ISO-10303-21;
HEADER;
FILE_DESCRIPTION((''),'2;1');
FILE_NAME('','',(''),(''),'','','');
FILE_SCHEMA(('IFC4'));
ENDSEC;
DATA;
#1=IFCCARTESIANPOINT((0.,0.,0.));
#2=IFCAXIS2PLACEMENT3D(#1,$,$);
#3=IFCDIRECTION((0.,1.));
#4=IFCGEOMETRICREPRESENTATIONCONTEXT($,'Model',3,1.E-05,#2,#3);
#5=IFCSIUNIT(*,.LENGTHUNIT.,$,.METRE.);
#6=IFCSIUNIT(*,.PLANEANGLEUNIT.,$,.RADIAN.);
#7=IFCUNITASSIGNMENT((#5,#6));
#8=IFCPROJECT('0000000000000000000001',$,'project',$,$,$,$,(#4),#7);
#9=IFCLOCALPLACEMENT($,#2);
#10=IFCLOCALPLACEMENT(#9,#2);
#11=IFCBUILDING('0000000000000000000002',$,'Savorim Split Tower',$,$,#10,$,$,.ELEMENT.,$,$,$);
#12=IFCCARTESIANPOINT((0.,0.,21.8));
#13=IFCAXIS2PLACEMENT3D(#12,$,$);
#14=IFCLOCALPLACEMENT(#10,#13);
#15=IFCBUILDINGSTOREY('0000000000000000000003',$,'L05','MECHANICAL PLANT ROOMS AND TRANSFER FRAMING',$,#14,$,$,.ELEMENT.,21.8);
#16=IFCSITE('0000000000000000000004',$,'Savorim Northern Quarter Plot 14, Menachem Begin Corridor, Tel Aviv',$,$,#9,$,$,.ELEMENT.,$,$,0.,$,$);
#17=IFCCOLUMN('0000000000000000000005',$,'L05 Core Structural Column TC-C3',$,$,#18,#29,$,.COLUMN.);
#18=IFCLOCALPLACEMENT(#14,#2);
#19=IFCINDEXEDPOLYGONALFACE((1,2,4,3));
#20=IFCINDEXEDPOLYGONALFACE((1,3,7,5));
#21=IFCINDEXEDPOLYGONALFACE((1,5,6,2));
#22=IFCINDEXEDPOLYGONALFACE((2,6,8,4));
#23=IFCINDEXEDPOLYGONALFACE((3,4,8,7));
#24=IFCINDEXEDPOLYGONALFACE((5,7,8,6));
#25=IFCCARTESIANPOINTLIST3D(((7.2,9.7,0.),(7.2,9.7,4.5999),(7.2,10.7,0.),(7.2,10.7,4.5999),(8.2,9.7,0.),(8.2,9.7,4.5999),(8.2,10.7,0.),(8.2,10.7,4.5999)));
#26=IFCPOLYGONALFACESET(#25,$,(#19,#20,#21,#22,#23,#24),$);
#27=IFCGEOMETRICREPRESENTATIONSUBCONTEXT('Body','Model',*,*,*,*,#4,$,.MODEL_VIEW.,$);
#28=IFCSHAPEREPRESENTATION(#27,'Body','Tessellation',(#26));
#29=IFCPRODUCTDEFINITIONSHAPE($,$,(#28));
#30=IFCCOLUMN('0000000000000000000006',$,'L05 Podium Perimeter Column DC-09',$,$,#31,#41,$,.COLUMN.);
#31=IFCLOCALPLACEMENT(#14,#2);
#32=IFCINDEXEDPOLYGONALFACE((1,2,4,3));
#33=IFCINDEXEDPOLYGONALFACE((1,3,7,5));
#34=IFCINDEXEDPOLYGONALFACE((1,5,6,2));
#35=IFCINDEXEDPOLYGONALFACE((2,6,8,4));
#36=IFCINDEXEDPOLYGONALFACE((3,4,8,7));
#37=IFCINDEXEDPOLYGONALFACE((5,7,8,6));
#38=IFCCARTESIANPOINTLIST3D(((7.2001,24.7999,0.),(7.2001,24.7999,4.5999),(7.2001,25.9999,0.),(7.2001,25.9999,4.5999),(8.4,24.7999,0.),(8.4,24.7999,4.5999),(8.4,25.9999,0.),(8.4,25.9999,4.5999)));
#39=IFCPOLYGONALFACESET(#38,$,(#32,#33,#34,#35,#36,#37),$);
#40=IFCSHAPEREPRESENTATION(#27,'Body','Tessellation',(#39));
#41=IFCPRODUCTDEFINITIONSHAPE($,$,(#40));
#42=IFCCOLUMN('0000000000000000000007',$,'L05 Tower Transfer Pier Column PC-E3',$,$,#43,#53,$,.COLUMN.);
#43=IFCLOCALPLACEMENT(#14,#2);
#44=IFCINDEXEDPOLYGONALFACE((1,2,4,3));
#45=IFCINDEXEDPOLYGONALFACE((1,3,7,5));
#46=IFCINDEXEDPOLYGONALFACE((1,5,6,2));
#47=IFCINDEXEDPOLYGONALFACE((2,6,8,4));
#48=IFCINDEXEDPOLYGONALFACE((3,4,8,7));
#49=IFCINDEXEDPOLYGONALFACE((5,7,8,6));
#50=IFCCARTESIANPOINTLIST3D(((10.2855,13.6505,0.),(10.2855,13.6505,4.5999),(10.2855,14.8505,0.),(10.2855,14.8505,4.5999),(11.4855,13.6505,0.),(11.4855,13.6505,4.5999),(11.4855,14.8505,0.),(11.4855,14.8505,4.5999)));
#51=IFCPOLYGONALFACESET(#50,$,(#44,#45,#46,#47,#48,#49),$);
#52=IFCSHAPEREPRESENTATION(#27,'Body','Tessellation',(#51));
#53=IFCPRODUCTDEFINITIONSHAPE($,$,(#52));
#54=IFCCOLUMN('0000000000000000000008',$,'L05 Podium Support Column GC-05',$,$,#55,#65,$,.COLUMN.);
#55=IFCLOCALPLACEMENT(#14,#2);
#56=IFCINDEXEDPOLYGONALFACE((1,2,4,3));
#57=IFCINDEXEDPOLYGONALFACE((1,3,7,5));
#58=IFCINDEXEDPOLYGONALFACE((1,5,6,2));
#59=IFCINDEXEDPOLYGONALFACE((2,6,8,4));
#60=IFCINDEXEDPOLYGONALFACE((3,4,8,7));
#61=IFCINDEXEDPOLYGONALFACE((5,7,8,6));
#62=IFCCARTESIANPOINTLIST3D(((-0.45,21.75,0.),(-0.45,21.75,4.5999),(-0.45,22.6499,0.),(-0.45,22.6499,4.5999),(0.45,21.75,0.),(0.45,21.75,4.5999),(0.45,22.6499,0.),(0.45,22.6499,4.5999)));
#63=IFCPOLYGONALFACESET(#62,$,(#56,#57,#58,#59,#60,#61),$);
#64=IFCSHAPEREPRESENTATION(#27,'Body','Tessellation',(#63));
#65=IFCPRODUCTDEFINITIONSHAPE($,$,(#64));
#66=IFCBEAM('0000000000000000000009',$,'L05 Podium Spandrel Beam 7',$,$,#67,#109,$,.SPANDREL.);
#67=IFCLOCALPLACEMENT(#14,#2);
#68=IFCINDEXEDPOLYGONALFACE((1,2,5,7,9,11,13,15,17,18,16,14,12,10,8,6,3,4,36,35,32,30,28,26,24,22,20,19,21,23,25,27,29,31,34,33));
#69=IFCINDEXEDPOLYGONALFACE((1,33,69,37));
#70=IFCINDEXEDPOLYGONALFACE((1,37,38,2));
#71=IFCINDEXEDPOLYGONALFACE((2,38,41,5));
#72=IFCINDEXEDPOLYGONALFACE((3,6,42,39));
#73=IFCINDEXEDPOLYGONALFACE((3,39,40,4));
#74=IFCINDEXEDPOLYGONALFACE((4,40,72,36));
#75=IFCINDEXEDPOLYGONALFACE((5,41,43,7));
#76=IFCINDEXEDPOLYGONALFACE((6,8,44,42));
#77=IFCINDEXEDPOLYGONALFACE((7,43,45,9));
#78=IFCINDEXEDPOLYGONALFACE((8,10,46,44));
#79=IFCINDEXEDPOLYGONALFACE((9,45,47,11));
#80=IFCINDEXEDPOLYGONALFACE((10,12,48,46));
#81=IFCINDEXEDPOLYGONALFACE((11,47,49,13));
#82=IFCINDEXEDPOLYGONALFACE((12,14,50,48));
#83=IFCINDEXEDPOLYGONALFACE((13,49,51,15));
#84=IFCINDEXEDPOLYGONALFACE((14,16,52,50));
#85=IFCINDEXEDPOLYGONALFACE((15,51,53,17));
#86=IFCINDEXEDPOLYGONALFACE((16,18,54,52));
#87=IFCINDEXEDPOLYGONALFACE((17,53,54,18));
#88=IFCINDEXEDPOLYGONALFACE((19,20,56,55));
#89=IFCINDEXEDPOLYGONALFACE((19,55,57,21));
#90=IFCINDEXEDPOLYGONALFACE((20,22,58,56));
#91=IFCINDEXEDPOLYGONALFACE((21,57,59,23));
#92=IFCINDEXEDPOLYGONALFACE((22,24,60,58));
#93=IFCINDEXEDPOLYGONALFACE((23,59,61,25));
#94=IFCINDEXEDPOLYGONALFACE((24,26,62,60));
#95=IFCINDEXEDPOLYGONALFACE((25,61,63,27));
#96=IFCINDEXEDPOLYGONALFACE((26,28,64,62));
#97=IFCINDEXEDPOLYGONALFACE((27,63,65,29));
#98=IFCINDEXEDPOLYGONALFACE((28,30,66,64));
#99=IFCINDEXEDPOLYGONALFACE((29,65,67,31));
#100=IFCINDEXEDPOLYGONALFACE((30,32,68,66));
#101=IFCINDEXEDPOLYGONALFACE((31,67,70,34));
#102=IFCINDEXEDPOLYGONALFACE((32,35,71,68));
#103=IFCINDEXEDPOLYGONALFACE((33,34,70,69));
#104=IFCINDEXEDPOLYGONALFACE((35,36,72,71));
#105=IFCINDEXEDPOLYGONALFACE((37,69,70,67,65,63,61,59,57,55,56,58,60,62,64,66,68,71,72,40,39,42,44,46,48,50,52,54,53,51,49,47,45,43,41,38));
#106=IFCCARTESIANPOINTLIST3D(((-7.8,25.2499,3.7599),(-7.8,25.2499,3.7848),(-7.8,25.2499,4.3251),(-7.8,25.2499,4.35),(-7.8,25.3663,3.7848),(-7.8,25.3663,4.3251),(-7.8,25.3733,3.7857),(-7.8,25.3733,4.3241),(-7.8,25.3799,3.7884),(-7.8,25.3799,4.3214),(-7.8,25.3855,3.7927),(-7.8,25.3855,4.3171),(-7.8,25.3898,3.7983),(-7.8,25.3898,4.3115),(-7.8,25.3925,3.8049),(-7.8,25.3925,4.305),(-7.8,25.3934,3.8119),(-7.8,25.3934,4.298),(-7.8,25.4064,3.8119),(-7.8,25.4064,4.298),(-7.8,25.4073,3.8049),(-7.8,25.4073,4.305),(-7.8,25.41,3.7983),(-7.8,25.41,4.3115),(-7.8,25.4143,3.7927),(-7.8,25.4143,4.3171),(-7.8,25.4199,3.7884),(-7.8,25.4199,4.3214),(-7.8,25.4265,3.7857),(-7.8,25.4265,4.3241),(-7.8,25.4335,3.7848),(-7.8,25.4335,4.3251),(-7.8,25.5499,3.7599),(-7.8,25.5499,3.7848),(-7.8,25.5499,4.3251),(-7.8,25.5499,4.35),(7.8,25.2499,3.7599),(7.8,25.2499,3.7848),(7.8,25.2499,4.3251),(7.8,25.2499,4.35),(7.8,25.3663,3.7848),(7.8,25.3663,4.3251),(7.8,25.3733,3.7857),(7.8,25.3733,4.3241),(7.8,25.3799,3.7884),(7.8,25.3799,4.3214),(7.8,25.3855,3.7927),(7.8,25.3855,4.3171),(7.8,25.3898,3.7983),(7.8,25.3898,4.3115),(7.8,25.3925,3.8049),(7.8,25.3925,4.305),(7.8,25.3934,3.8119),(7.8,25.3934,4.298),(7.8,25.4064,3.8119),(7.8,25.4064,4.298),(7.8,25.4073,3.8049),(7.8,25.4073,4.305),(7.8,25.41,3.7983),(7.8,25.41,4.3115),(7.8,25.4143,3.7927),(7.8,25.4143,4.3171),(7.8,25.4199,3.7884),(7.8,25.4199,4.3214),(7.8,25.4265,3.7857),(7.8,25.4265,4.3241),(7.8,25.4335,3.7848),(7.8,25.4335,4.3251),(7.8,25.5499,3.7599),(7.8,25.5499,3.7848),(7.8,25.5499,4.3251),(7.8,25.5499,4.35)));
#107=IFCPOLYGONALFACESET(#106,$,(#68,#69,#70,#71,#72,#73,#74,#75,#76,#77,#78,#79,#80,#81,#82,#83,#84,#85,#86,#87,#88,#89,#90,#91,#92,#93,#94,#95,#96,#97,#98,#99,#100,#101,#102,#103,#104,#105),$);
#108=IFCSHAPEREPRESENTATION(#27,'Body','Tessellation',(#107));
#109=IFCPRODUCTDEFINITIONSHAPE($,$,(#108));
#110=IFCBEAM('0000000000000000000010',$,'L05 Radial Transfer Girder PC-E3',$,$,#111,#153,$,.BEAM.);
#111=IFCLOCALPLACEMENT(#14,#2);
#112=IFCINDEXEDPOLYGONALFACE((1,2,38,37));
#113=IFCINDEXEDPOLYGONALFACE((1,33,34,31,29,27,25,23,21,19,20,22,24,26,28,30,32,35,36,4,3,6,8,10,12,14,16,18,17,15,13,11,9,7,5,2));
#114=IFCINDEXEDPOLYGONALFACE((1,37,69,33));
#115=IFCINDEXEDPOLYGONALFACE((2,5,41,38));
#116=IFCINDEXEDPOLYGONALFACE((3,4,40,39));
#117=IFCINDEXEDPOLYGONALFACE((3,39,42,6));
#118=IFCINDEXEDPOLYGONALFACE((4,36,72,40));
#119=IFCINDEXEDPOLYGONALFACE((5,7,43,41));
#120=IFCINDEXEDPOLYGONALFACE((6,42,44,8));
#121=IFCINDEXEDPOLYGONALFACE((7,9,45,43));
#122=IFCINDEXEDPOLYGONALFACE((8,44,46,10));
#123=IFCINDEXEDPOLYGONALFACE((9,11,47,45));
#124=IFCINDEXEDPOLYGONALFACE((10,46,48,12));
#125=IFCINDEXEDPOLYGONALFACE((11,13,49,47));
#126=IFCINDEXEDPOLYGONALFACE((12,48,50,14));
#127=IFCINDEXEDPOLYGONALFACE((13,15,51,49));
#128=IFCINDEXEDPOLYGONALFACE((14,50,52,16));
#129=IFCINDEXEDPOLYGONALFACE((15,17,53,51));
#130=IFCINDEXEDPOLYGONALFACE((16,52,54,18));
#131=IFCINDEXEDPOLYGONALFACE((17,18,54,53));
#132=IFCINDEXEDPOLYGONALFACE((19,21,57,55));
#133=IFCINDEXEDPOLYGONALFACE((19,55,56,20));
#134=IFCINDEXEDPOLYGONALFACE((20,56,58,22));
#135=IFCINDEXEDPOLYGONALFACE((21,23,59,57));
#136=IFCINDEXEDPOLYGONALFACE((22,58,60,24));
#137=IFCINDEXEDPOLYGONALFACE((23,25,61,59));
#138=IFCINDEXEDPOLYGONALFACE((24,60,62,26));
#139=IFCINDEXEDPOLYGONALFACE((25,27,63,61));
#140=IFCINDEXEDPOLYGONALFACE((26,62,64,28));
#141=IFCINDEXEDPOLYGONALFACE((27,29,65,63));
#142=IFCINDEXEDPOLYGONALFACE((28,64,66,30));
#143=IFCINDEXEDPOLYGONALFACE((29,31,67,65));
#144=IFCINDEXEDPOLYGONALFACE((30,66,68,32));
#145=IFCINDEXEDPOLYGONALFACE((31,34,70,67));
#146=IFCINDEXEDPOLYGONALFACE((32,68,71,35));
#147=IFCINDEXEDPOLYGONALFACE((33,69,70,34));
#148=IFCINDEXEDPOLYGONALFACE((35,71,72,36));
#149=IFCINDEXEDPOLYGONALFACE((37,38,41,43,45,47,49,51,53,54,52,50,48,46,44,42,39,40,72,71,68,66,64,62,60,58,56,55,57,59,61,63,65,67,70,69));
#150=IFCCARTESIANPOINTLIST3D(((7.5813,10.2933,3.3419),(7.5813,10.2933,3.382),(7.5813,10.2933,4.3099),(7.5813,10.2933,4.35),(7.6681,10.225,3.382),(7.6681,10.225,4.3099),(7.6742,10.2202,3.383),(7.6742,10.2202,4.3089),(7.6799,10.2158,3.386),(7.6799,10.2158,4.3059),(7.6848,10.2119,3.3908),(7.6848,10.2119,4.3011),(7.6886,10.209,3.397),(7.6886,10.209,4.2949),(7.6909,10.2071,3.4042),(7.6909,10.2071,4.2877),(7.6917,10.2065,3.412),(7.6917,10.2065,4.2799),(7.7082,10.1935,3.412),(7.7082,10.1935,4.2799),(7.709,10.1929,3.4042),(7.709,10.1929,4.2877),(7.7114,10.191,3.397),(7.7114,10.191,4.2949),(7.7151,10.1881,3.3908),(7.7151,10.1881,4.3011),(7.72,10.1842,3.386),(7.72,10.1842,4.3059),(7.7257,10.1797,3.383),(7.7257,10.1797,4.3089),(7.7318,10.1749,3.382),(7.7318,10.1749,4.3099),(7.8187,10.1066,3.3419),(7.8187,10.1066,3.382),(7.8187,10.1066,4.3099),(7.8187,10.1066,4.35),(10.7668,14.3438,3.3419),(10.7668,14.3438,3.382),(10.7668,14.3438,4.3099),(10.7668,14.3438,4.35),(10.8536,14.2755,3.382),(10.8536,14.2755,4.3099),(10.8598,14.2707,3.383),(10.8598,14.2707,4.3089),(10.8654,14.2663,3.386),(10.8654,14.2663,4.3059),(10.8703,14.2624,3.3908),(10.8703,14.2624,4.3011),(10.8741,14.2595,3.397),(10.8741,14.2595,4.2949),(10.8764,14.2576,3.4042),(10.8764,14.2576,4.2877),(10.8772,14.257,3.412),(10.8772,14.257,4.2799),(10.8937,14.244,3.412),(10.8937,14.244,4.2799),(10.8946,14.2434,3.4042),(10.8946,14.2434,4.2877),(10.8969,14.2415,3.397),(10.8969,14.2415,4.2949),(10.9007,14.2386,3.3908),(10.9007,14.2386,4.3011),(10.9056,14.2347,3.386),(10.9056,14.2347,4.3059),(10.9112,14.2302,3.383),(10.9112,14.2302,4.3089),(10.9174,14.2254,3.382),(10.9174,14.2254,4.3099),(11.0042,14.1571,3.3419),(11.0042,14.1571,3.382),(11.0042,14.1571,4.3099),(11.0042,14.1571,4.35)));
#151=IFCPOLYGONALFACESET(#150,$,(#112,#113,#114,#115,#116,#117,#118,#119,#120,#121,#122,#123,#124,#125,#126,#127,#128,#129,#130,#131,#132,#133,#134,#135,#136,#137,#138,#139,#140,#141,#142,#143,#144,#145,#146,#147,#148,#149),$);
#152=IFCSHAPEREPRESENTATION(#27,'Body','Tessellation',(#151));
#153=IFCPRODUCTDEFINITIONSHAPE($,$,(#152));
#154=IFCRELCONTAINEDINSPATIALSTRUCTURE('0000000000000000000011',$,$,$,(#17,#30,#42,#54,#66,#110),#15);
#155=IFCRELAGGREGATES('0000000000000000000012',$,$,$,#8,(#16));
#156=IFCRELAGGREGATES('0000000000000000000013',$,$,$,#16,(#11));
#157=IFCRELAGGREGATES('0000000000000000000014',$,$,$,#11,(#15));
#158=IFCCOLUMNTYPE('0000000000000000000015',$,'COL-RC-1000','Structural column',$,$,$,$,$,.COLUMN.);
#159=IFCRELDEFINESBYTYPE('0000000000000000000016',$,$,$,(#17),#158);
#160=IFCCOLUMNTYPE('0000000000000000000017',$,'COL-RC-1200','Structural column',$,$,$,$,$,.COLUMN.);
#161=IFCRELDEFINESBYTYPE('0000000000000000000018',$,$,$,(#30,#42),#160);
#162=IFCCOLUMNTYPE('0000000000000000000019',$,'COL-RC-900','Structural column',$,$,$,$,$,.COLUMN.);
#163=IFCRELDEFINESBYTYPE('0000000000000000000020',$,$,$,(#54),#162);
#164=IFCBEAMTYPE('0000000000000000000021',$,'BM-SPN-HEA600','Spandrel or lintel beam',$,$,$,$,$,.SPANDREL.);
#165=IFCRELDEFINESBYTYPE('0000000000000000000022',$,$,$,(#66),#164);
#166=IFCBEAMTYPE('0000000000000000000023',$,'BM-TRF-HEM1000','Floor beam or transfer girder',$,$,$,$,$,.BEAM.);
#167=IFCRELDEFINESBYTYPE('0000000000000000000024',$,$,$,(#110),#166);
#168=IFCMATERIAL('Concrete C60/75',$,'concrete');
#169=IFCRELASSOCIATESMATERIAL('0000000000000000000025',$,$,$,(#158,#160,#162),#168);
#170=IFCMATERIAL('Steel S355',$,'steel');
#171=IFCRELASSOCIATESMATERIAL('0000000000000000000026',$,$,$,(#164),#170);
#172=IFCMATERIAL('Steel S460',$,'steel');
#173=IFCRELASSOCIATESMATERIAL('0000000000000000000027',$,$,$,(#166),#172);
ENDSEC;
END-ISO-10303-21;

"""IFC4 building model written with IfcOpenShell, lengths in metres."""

from ifc_helpers import new_model, si_unit, direction, frame, origin, origin_2d, place, context, subcontext, project, spatial, rectangle, i_section, extrude, material, material_profile, profile_set, type_object, element, save


model = new_model("IFC4")

# Units and contexts
model_context = context("Model", 3, precision=1e-05, world=origin(), true_north=direction((0.0, 1.0)))
body_context = subcontext(model_context, "Body", "Model", "MODEL_VIEW")
ifc_project = project(units=[si_unit("LENGTHUNIT", "METRE"), si_unit("PLANEANGLEUNIT", "RADIAN")], contexts=[model_context])

# Site, building, storey
site_placement = place(None, origin())
site = spatial("IfcSite", under=ifc_project, at=site_placement, Name="Savorim Northern Quarter Plot 14, Menachem Begin Corridor, Tel Aviv", CompositionType="ELEMENT", RefElevation=0.0)
building_placement = place(site_placement, origin())
building = spatial("IfcBuilding", under=site, at=building_placement, Name="Savorim Split Tower", CompositionType="ELEMENT")
storey_placement = place(building_placement, frame((0.0, 0.0, 21.8)))
storey = spatial("IfcBuildingStorey", under=building, at=storey_placement, Name="L05", Description="MECHANICAL PLANT ROOMS AND TRANSFER FRAMING", CompositionType="ELEMENT", Elevation=21.8)

# Columns
ifc_material_1 = material(Name="Concrete C60/75", Category="concrete")
ifc_material_profile_1 = material_profile(ifc_material_1, rectangle(XDim=1.0, YDim=1.0, at=origin_2d()), Name="RC 1000x1000")
ifc_profile_set_1 = profile_set([ifc_material_profile_1], Name="Concrete C60/75")
column_type_1 = type_object("IfcColumnType", Name="COL-RC-1000", Description="Structural column", PredefinedType="COLUMN", material=ifc_profile_set_1)
column_1_placement = place(storey_placement, frame((7.7, 10.2, 0.0), z_axis=(0.0, 0.0, 1.0), x_axis=(1.0, 0.0, 0.0)))
element("IfcColumn", 1, at=column_1_placement, inside=storey, type_object=column_type_1, Name="L05 Core Structural Column TC-C3", PredefinedType="COLUMN", context=body_context, shape_type="SweptSolid", body=[
    extrude(rectangle(XDim=1.0, YDim=1.0, at=origin_2d()), origin(), (0.0, 0.0, 1.0), 4.5999),
])
ifc_material_profile_2 = material_profile(ifc_material_1, rectangle(XDim=1.2, YDim=1.2, at=origin_2d()), Name="RC 1200x1200")
ifc_profile_set_2 = profile_set([ifc_material_profile_2], Name="Concrete C60/75")
column_type_2 = type_object("IfcColumnType", Name="COL-RC-1200", Description="Structural column", PredefinedType="COLUMN", material=ifc_profile_set_2)
for number, where, z_axis, x_axis, name in (
    (2, (7.8, 25.3999, 0.0), (0.0, 0.0, 1.0), (1.0, 0.0, 0.0), "L05 Podium Perimeter Column DC-09"),
    (3, (10.8855, 14.2505, 0.0), (0.0, 0.0, 1.0), (1.0, 0.0, 0.0), "L05 Tower Transfer Pier Column PC-E3"),
):
    element("IfcColumn", number, at=place(storey_placement, frame(where, z_axis=z_axis, x_axis=x_axis)), inside=storey, type_object=column_type_2, Name=name, PredefinedType="COLUMN", context=body_context, shape_type="SweptSolid", body=[
        extrude(rectangle(XDim=1.2, YDim=1.2, at=origin_2d()), origin(), (0.0, 0.0, 1.0), 4.5999),
    ])
ifc_material_profile_3 = material_profile(ifc_material_1, rectangle(XDim=0.8999, YDim=0.8999, at=origin_2d()), Name="RC 900x900")
ifc_profile_set_3 = profile_set([ifc_material_profile_3], Name="Concrete C60/75")
column_type_3 = type_object("IfcColumnType", Name="COL-RC-900", Description="Structural column", PredefinedType="COLUMN", material=ifc_profile_set_3)
column_2_placement = place(storey_placement, frame((0.0, 22.2, 0.0), z_axis=(0.0, 0.0, 1.0), x_axis=(1.0, 0.0, 0.0)))
element("IfcColumn", 4, at=column_2_placement, inside=storey, type_object=column_type_3, Name="L05 Podium Support Column GC-05", PredefinedType="COLUMN", context=body_context, shape_type="SweptSolid", body=[
    extrude(rectangle(XDim=0.8999, YDim=0.8999, at=origin_2d()), origin(), (0.0, 0.0, 1.0), 4.5999),
])

# Beams
ifc_material_2 = material(Name="Steel S355", Category="steel")
ifc_material_profile_4 = material_profile(ifc_material_2, i_section(OverallWidth=0.3, OverallDepth=0.5901, WebThickness=0.0129, FlangeThickness=0.0249, FilletRadius=0.0271, at=origin_2d()), Name="HEA 600")
ifc_profile_set_4 = profile_set([ifc_material_profile_4], Name="Steel S355")
beam_type_1 = type_object("IfcBeamType", Name="BM-SPN-HEA600", Description="Spandrel or lintel beam", PredefinedType="SPANDREL", material=ifc_profile_set_4)
beam_1_placement = place(storey_placement, frame((7.8, 25.3999, 4.0549), z_axis=(-1.0, 0.0, 0.0), x_axis=(0.0, -1.0, 0.0)))
element("IfcBeam", 5, at=beam_1_placement, inside=storey, type_object=beam_type_1, Name="L05 Podium Spandrel Beam 7", PredefinedType="SPANDREL", context=body_context, shape_type="SweptSolid", body=[
    extrude(i_section(OverallWidth=0.3, OverallDepth=0.5901, WebThickness=0.0129, FlangeThickness=0.0249, FilletRadius=0.0271, at=origin_2d()), origin(), (0.0, 0.0, 1.0), 15.6001),
])
ifc_material_3 = material(Name="Steel S460", Category="steel")
ifc_material_profile_5 = material_profile(ifc_material_3, i_section(OverallWidth=0.302, OverallDepth=1.0081, WebThickness=0.021, FlangeThickness=0.04, FilletRadius=0.03, at=origin_2d()), Name="HE 1000 M")
ifc_profile_set_5 = profile_set([ifc_material_profile_5], Name="Steel S460")
beam_type_2 = type_object("IfcBeamType", Name="BM-TRF-HEM1000", Description="Floor beam or transfer girder", PredefinedType="BEAM", material=ifc_profile_set_5)
beam_2_placement = place(storey_placement, frame((10.8855, 14.2505, 3.8459), z_axis=(-0.618179, -0.786037, 0.0), x_axis=(0.786037, -0.618179, 0.0)))
element("IfcBeam", 6, at=beam_2_placement, inside=storey, type_object=beam_type_2, Name="L05 Radial Transfer Girder PC-E3", PredefinedType="BEAM", context=body_context, shape_type="SweptSolid", body=[
    extrude(i_section(OverallWidth=0.302, OverallDepth=1.0081, WebThickness=0.021, FlangeThickness=0.04, FilletRadius=0.03, at=origin_2d()), origin(), (0.0, 0.0, 1.0), 5.1531),
])

save(model, "model.ifc")
